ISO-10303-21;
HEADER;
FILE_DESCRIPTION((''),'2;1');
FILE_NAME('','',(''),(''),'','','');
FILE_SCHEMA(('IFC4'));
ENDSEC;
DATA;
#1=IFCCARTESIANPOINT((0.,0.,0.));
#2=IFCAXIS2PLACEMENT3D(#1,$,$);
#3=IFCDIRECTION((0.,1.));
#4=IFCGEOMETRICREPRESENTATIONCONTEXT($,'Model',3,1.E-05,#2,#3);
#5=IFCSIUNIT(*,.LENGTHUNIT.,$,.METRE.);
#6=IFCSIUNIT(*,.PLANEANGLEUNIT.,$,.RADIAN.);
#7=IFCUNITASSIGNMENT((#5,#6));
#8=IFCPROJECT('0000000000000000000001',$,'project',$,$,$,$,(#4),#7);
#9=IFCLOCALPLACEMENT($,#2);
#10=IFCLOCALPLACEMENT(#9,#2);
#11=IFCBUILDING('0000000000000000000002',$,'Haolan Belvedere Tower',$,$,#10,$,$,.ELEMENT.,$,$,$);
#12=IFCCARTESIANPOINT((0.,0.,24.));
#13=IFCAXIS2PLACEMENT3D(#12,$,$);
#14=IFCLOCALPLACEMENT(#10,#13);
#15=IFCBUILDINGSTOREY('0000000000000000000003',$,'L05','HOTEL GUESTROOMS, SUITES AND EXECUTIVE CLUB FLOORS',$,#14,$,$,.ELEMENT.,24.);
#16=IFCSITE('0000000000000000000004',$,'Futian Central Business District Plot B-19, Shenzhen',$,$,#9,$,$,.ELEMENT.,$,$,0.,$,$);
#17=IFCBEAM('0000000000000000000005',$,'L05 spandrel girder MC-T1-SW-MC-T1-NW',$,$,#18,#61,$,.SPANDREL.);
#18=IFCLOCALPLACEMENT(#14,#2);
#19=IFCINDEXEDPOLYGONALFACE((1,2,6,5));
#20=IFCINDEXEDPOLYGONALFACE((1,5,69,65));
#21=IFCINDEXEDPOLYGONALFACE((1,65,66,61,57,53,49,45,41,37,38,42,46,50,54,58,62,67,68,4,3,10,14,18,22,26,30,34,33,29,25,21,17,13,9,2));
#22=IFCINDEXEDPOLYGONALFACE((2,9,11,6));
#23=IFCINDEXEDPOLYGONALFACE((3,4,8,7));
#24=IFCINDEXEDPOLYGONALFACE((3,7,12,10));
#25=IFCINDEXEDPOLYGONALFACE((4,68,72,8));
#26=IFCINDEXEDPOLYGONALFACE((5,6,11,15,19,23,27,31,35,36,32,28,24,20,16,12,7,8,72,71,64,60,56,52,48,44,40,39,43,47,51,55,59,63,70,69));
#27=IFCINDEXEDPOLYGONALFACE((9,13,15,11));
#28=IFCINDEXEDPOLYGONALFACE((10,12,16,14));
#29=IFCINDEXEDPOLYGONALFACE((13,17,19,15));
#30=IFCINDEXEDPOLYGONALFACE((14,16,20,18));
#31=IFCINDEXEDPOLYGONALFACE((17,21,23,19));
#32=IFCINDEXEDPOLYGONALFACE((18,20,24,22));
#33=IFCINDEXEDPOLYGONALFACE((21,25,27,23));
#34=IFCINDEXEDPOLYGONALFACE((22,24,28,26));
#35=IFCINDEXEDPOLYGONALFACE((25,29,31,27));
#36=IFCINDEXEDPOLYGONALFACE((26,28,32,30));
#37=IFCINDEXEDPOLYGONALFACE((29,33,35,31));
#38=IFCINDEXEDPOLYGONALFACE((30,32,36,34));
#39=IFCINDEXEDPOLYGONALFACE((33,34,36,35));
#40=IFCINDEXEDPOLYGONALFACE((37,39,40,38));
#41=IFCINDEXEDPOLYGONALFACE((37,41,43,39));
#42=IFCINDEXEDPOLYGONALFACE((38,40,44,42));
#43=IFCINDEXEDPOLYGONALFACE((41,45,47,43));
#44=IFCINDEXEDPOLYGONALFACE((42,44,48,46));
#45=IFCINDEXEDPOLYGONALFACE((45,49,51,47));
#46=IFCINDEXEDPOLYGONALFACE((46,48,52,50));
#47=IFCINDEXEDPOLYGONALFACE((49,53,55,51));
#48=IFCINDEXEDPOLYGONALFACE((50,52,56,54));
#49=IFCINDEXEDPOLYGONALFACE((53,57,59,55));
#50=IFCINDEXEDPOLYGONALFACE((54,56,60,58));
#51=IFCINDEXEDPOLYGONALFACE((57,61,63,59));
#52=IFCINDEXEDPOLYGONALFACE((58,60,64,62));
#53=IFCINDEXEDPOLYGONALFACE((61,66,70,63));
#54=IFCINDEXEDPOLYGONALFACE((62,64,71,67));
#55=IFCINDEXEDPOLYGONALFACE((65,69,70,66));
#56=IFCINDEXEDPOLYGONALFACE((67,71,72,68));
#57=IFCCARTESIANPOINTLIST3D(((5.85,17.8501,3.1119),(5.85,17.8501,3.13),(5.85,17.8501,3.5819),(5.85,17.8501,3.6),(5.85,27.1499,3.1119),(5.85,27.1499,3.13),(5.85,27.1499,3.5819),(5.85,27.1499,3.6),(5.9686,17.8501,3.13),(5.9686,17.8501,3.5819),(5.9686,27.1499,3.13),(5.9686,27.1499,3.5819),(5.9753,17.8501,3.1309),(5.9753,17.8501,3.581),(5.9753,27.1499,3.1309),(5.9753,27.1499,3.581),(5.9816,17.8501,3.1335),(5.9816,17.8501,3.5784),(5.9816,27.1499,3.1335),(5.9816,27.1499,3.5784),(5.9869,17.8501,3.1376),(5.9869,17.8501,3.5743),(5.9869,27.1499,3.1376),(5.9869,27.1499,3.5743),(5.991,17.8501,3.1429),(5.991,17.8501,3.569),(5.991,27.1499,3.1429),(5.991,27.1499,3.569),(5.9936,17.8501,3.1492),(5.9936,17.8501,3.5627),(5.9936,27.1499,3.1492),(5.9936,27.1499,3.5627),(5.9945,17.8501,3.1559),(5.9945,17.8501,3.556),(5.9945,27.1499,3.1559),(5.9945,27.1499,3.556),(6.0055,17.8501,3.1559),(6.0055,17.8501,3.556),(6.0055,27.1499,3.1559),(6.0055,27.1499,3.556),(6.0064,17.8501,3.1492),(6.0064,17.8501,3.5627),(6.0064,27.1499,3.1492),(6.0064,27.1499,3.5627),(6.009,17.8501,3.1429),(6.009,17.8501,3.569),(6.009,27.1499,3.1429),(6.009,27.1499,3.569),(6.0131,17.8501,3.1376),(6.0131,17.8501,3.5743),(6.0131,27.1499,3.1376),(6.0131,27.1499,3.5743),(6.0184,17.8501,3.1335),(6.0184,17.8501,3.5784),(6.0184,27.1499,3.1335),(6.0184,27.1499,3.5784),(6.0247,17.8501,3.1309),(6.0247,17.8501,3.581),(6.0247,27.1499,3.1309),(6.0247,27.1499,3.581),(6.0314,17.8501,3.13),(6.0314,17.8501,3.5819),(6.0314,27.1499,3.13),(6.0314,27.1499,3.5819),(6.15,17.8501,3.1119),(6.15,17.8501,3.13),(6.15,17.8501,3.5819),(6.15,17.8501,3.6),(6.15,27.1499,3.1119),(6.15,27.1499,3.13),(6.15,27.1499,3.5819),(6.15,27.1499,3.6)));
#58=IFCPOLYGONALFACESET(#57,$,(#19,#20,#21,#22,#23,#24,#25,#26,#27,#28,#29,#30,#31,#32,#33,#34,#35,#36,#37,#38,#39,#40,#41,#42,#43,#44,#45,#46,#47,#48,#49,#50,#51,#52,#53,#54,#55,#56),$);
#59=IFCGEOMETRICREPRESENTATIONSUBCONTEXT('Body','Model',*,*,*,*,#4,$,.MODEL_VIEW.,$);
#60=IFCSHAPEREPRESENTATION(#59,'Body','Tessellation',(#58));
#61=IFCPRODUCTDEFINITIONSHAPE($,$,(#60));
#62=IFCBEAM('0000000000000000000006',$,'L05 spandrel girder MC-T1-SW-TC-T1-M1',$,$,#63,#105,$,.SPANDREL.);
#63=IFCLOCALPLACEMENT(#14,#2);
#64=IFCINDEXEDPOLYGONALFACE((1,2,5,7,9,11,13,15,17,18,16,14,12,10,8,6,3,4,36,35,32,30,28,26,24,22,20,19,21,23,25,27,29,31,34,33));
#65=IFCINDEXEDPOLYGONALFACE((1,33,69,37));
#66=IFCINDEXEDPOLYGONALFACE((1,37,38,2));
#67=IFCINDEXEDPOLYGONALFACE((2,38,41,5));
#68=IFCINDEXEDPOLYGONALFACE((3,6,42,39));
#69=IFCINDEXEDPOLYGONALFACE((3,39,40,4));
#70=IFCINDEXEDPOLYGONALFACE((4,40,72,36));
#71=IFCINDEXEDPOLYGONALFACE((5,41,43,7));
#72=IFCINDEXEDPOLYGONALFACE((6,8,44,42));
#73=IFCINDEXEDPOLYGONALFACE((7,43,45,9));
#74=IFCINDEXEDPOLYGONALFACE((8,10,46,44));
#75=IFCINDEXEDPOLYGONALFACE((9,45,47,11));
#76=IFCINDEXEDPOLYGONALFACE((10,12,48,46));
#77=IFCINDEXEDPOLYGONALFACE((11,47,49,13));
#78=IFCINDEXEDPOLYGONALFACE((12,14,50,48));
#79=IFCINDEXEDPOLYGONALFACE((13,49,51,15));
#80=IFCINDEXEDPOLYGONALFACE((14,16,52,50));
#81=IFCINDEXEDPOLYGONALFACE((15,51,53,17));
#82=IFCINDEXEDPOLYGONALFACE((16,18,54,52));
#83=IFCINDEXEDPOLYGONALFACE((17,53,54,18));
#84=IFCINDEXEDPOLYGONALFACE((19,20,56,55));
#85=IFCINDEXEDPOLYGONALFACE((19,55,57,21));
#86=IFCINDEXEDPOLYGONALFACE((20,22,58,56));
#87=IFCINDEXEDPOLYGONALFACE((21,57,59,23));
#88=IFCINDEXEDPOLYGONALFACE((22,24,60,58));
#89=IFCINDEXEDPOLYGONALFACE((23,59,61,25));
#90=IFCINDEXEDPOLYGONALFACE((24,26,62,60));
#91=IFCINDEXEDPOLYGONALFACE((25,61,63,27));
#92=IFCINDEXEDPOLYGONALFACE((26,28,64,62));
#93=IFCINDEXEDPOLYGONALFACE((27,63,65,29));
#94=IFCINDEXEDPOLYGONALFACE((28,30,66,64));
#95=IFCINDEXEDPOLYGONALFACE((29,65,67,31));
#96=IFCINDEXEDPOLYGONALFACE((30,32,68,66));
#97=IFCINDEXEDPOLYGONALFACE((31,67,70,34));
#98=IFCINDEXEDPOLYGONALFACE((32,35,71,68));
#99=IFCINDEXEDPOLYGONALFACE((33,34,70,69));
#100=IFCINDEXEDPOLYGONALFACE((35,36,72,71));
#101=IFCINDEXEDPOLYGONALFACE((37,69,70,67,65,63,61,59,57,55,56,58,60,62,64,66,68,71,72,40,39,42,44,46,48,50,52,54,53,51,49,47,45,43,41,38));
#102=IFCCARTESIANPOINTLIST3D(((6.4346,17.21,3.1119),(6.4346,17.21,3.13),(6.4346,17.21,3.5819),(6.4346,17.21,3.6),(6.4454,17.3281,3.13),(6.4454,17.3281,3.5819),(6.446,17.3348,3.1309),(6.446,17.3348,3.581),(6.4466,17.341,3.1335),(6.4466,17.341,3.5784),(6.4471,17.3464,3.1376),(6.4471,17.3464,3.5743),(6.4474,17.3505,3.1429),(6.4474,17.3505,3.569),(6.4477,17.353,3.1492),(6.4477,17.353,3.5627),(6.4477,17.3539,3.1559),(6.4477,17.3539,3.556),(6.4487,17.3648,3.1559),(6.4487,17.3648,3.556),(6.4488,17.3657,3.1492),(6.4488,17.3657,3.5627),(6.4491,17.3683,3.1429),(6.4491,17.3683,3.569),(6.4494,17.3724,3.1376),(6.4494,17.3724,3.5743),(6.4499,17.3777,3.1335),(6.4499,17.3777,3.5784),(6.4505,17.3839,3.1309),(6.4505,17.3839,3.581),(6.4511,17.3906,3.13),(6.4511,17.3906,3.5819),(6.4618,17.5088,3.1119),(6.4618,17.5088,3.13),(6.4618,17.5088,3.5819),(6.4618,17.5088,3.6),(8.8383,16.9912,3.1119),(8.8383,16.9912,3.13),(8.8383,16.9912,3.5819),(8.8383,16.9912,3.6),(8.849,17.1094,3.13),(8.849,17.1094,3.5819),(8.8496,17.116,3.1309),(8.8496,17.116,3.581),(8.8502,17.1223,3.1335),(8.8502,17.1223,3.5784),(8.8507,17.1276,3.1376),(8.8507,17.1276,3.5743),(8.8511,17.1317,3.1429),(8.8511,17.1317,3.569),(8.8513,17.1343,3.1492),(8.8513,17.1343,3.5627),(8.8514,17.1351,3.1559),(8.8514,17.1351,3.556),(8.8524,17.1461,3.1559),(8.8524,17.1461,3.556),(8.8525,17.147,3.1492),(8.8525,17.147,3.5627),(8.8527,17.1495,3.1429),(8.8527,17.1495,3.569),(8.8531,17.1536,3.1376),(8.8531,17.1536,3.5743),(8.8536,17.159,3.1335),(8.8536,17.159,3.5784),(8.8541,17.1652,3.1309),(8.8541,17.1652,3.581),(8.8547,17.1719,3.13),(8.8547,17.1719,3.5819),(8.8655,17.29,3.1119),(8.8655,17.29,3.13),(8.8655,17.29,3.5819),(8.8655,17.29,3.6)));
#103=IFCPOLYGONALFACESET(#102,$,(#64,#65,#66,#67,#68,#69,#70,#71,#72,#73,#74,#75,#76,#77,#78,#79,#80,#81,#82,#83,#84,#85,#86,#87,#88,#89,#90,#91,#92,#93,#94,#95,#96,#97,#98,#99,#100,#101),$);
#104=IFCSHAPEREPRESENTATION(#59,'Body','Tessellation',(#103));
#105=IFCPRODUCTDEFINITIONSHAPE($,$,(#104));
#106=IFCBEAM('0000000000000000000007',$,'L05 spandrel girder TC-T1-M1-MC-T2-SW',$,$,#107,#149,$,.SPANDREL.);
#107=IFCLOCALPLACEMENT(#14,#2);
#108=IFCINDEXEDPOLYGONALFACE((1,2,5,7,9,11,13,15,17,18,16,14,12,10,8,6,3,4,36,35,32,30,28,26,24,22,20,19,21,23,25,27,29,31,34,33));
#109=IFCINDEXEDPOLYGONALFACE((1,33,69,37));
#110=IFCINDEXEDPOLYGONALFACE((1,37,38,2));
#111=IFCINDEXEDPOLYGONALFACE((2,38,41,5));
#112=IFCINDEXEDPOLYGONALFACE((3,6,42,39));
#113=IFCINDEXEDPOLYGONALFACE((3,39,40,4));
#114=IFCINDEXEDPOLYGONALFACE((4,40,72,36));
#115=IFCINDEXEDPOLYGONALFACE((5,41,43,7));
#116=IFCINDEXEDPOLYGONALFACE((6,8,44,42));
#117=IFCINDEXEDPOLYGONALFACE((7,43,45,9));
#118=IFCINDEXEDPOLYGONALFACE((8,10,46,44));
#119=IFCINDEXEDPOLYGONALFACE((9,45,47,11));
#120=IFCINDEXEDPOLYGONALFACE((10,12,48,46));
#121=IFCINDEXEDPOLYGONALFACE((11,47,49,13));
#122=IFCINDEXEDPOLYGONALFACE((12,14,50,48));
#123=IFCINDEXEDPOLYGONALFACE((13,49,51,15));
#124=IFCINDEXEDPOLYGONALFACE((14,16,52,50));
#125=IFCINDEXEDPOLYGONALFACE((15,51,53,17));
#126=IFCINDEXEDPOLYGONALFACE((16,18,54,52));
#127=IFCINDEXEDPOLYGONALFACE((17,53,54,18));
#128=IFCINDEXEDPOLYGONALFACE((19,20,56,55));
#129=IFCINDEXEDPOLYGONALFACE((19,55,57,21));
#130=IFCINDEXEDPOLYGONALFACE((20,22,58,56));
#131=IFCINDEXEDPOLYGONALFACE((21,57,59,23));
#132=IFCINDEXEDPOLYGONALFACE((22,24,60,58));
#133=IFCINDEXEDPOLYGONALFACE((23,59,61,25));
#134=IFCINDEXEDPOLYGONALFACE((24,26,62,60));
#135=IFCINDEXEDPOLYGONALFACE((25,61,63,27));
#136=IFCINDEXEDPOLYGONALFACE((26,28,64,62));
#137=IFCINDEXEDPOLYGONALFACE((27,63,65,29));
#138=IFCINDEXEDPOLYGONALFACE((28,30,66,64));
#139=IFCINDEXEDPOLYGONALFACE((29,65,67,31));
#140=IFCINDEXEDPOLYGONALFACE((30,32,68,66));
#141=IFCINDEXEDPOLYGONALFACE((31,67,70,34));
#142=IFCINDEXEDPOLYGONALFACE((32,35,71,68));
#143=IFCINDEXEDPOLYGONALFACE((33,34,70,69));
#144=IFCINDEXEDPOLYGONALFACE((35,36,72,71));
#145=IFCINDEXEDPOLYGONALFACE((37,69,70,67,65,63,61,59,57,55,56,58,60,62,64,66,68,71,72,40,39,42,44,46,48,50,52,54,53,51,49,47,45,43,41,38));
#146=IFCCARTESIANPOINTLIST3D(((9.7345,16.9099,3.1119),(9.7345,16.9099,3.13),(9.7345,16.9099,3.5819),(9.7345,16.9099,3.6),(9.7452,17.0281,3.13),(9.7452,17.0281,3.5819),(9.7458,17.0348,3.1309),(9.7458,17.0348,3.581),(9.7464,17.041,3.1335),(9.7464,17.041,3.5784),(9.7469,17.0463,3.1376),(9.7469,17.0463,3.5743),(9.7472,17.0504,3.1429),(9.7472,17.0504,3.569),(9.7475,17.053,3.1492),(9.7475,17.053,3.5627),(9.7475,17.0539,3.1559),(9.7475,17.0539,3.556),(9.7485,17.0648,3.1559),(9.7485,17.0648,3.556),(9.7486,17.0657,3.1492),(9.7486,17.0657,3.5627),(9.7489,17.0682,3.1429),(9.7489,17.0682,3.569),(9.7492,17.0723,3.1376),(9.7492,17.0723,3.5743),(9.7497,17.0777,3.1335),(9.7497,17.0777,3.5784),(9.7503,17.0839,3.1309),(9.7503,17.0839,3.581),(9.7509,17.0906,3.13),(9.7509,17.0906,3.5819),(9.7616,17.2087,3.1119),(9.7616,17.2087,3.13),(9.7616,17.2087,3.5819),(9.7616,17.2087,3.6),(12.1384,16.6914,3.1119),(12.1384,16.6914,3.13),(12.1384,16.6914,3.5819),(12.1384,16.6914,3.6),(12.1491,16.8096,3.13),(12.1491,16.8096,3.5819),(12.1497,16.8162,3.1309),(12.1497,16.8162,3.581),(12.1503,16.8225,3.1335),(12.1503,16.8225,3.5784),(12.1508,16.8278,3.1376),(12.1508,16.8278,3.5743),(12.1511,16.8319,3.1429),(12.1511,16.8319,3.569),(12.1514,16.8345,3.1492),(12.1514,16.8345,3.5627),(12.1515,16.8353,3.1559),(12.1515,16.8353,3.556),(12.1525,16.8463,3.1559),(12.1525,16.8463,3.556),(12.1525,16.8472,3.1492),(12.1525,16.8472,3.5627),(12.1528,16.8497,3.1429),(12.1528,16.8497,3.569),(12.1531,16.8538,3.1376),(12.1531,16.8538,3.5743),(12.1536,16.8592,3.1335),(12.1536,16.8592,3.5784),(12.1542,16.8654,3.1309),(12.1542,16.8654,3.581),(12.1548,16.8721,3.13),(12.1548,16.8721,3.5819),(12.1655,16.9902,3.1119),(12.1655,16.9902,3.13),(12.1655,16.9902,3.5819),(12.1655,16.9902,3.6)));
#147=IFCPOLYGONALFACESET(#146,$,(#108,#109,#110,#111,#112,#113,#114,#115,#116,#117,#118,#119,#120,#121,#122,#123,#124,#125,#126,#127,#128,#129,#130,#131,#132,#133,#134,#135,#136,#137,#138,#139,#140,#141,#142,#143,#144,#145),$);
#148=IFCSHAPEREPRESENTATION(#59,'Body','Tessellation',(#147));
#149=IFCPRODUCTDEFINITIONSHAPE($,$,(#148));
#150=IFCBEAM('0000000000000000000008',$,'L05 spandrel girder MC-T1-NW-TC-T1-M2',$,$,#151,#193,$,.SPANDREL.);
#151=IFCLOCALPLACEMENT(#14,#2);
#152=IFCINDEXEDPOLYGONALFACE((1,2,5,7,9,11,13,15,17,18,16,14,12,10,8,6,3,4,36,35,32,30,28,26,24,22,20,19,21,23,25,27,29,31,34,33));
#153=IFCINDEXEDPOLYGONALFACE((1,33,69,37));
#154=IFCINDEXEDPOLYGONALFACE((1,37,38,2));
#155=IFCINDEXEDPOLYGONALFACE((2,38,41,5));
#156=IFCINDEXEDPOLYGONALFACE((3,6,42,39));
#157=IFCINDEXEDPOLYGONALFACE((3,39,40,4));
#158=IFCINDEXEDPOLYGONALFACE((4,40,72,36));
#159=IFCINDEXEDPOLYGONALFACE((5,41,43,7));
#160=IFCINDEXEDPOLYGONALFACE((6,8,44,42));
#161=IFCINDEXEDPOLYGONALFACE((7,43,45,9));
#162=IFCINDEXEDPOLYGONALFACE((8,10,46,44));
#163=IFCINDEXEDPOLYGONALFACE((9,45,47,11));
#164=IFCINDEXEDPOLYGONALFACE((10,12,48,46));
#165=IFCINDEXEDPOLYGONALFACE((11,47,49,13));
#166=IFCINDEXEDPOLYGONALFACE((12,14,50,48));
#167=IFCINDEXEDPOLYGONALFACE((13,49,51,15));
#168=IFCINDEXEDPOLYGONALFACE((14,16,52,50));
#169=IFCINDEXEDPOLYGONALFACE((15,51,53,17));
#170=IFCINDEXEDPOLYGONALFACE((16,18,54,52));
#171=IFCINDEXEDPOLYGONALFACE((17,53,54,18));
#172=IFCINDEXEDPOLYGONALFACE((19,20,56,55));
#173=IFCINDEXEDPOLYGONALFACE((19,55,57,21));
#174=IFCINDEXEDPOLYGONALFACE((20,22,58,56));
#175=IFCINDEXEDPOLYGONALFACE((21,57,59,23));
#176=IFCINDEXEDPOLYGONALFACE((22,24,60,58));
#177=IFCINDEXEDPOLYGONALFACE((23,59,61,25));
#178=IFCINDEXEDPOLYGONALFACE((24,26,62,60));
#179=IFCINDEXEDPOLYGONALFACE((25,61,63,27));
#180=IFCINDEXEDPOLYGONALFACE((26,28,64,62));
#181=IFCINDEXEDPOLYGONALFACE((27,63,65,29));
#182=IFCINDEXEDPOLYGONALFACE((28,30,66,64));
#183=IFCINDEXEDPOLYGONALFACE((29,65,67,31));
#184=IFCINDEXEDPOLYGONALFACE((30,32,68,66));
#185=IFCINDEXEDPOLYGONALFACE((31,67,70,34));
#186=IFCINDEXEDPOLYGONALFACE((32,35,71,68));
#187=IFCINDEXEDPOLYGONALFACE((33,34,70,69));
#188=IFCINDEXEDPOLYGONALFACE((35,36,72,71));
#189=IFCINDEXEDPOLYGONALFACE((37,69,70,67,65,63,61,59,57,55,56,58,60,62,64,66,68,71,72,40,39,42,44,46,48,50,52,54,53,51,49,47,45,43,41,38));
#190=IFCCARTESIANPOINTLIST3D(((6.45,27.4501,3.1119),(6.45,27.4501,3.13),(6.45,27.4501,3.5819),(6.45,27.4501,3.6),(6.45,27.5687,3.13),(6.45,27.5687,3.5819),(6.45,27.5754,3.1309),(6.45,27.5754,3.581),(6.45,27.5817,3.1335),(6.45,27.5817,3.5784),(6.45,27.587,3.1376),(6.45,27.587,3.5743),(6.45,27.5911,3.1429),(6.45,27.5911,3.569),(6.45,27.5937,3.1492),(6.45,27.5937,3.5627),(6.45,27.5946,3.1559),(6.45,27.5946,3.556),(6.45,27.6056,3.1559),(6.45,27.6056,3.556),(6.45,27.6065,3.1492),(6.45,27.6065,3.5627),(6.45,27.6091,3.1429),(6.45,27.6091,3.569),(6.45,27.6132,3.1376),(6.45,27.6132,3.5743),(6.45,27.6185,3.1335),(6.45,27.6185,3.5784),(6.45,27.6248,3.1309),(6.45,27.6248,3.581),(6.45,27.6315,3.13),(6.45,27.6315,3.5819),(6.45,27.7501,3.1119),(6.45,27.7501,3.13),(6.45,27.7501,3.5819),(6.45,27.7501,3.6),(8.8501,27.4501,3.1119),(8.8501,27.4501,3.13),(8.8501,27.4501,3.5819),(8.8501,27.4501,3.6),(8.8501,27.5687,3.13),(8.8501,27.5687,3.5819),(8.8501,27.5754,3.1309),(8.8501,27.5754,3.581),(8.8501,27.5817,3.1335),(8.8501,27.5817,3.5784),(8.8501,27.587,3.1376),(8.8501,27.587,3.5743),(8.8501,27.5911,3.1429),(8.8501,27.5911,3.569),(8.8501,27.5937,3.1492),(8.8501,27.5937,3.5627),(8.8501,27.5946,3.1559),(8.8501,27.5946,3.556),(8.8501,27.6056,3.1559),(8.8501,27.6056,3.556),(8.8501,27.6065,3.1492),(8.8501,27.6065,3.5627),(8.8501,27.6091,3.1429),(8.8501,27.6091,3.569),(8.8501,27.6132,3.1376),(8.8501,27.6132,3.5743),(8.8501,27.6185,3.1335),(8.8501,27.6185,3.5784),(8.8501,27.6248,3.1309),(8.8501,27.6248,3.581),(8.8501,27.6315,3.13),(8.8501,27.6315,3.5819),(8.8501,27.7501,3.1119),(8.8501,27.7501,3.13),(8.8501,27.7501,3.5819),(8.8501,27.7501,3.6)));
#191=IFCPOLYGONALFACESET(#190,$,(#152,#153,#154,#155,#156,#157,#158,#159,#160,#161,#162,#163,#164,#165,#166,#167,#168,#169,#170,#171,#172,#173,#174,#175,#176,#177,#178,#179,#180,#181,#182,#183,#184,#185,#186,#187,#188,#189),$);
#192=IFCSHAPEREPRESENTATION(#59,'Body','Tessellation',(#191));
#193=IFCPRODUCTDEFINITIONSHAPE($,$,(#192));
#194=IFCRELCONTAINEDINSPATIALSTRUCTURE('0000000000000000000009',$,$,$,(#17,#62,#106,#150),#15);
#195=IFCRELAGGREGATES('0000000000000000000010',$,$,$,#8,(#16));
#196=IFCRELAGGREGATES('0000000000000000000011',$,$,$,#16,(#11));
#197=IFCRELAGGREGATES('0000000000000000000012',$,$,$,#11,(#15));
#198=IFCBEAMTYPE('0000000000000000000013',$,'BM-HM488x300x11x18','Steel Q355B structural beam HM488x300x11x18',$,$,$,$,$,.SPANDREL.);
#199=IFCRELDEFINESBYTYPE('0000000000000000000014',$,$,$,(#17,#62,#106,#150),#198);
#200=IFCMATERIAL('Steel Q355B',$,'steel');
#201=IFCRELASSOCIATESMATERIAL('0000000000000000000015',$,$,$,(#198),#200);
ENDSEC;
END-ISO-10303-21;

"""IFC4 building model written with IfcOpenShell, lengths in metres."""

from ifc_helpers import new_model, si_unit, direction, frame, origin, origin_2d, place, context, subcontext, project, spatial, i_section, extrude, material, material_profile, profile_set, type_object, element, save


model = new_model("IFC4")

# Units and contexts
model_context = context("Model", 3, precision=1e-05, world=origin(), true_north=direction((0.0, 1.0)))
body_context = subcontext(model_context, "Body", "Model", "MODEL_VIEW")
ifc_project = project(units=[si_unit("LENGTHUNIT", "METRE"), si_unit("PLANEANGLEUNIT", "RADIAN")], contexts=[model_context])

# Site, building, storey
site_placement = place(None, origin())
site = spatial("IfcSite", under=ifc_project, at=site_placement, Name="Futian Central Business District Plot B-19, Shenzhen", CompositionType="ELEMENT", RefElevation=0.0)
building_placement = place(site_placement, origin())
building = spatial("IfcBuilding", under=site, at=building_placement, Name="Haolan Belvedere Tower", CompositionType="ELEMENT")
storey_placement = place(building_placement, frame((0.0, 0.0, 24.0)))
storey = spatial("IfcBuildingStorey", under=building, at=storey_placement, Name="L05", Description="HOTEL GUESTROOMS, SUITES AND EXECUTIVE CLUB FLOORS", CompositionType="ELEMENT", Elevation=24.0)

# Shared definitions
ifc_material_1 = material(Name="Steel Q355B", Category="steel")

# Beams
ifc_material_profile_1 = material_profile(ifc_material_1, i_section(OverallWidth=0.3, OverallDepth=0.488, WebThickness=0.011, FlangeThickness=0.0181, FilletRadius=0.0259, at=origin_2d()), Name="Steel Q355B")
ifc_profile_set_1 = profile_set([ifc_material_profile_1], Name="Steel Q355B")
beam_type_1 = type_object("IfcBeamType", Name="BM-HM488x300x11x18", Description="Steel Q355B structural beam HM488x300x11x18", PredefinedType="SPANDREL", material=ifc_profile_set_1)
beam_1_placement = place(storey_placement, frame((6.0, 17.8501, 3.356), z_axis=(0.0, 1.0, 0.0), x_axis=(-1.0, 0.0, 0.0)))
element("IfcBeam", 1, at=beam_1_placement, inside=storey, type_object=beam_type_1, Name="L05 spandrel girder MC-T1-SW-MC-T1-NW", PredefinedType="SPANDREL", context=body_context, shape_type="SweptSolid", body=[
    extrude(i_section(OverallWidth=0.3, OverallDepth=0.488, WebThickness=0.011, FlangeThickness=0.0181, FilletRadius=0.0259, at=origin_2d()), origin(), (0.0, 0.0, 1.0), 9.2998),
])
beam_2_placement = place(storey_placement, frame((6.4482, 17.3594, 3.356), z_axis=(0.995884, -0.090636, 0.0), x_axis=(0.090636, 0.995884, 0.0)))
element("IfcBeam", 2, at=beam_2_placement, inside=storey, type_object=beam_type_1, Name="L05 spandrel girder MC-T1-SW-TC-T1-M1", PredefinedType="SPANDREL", context=body_context, shape_type="SweptSolid", body=[
    extrude(i_section(OverallWidth=0.3, OverallDepth=0.488, WebThickness=0.011, FlangeThickness=0.0181, FilletRadius=0.0259, at=origin_2d()), origin(), (0.0, 0.0, 1.0), 2.4136),
])
beam_3_placement = place(storey_placement, frame((9.748, 17.0593, 3.356), z_axis=(0.995894, -0.090527, 0.0), x_axis=(0.090527, 0.995894, 0.0)))
element("IfcBeam", 3, at=beam_3_placement, inside=storey, type_object=beam_type_1, Name="L05 spandrel girder TC-T1-M1-MC-T2-SW", PredefinedType="SPANDREL", context=body_context, shape_type="SweptSolid", body=[
    extrude(i_section(OverallWidth=0.3, OverallDepth=0.488, WebThickness=0.011, FlangeThickness=0.0181, FilletRadius=0.0259, at=origin_2d()), origin(), (0.0, 0.0, 1.0), 2.4138),
])
beam_4_placement = place(storey_placement, frame((6.45, 27.6001, 3.356), z_axis=(1.0, 0.0, 0.0), x_axis=(0.0, 1.0, 0.0)))
element("IfcBeam", 4, at=beam_4_placement, inside=storey, type_object=beam_type_1, Name="L05 spandrel girder MC-T1-NW-TC-T1-M2", PredefinedType="SPANDREL", context=body_context, shape_type="SweptSolid", body=[
    extrude(i_section(OverallWidth=0.3, OverallDepth=0.488, WebThickness=0.011, FlangeThickness=0.0181, FilletRadius=0.0259, at=origin_2d()), origin(), (0.0, 0.0, 1.0), 2.4001),
])

save(model, "model.ifc")
